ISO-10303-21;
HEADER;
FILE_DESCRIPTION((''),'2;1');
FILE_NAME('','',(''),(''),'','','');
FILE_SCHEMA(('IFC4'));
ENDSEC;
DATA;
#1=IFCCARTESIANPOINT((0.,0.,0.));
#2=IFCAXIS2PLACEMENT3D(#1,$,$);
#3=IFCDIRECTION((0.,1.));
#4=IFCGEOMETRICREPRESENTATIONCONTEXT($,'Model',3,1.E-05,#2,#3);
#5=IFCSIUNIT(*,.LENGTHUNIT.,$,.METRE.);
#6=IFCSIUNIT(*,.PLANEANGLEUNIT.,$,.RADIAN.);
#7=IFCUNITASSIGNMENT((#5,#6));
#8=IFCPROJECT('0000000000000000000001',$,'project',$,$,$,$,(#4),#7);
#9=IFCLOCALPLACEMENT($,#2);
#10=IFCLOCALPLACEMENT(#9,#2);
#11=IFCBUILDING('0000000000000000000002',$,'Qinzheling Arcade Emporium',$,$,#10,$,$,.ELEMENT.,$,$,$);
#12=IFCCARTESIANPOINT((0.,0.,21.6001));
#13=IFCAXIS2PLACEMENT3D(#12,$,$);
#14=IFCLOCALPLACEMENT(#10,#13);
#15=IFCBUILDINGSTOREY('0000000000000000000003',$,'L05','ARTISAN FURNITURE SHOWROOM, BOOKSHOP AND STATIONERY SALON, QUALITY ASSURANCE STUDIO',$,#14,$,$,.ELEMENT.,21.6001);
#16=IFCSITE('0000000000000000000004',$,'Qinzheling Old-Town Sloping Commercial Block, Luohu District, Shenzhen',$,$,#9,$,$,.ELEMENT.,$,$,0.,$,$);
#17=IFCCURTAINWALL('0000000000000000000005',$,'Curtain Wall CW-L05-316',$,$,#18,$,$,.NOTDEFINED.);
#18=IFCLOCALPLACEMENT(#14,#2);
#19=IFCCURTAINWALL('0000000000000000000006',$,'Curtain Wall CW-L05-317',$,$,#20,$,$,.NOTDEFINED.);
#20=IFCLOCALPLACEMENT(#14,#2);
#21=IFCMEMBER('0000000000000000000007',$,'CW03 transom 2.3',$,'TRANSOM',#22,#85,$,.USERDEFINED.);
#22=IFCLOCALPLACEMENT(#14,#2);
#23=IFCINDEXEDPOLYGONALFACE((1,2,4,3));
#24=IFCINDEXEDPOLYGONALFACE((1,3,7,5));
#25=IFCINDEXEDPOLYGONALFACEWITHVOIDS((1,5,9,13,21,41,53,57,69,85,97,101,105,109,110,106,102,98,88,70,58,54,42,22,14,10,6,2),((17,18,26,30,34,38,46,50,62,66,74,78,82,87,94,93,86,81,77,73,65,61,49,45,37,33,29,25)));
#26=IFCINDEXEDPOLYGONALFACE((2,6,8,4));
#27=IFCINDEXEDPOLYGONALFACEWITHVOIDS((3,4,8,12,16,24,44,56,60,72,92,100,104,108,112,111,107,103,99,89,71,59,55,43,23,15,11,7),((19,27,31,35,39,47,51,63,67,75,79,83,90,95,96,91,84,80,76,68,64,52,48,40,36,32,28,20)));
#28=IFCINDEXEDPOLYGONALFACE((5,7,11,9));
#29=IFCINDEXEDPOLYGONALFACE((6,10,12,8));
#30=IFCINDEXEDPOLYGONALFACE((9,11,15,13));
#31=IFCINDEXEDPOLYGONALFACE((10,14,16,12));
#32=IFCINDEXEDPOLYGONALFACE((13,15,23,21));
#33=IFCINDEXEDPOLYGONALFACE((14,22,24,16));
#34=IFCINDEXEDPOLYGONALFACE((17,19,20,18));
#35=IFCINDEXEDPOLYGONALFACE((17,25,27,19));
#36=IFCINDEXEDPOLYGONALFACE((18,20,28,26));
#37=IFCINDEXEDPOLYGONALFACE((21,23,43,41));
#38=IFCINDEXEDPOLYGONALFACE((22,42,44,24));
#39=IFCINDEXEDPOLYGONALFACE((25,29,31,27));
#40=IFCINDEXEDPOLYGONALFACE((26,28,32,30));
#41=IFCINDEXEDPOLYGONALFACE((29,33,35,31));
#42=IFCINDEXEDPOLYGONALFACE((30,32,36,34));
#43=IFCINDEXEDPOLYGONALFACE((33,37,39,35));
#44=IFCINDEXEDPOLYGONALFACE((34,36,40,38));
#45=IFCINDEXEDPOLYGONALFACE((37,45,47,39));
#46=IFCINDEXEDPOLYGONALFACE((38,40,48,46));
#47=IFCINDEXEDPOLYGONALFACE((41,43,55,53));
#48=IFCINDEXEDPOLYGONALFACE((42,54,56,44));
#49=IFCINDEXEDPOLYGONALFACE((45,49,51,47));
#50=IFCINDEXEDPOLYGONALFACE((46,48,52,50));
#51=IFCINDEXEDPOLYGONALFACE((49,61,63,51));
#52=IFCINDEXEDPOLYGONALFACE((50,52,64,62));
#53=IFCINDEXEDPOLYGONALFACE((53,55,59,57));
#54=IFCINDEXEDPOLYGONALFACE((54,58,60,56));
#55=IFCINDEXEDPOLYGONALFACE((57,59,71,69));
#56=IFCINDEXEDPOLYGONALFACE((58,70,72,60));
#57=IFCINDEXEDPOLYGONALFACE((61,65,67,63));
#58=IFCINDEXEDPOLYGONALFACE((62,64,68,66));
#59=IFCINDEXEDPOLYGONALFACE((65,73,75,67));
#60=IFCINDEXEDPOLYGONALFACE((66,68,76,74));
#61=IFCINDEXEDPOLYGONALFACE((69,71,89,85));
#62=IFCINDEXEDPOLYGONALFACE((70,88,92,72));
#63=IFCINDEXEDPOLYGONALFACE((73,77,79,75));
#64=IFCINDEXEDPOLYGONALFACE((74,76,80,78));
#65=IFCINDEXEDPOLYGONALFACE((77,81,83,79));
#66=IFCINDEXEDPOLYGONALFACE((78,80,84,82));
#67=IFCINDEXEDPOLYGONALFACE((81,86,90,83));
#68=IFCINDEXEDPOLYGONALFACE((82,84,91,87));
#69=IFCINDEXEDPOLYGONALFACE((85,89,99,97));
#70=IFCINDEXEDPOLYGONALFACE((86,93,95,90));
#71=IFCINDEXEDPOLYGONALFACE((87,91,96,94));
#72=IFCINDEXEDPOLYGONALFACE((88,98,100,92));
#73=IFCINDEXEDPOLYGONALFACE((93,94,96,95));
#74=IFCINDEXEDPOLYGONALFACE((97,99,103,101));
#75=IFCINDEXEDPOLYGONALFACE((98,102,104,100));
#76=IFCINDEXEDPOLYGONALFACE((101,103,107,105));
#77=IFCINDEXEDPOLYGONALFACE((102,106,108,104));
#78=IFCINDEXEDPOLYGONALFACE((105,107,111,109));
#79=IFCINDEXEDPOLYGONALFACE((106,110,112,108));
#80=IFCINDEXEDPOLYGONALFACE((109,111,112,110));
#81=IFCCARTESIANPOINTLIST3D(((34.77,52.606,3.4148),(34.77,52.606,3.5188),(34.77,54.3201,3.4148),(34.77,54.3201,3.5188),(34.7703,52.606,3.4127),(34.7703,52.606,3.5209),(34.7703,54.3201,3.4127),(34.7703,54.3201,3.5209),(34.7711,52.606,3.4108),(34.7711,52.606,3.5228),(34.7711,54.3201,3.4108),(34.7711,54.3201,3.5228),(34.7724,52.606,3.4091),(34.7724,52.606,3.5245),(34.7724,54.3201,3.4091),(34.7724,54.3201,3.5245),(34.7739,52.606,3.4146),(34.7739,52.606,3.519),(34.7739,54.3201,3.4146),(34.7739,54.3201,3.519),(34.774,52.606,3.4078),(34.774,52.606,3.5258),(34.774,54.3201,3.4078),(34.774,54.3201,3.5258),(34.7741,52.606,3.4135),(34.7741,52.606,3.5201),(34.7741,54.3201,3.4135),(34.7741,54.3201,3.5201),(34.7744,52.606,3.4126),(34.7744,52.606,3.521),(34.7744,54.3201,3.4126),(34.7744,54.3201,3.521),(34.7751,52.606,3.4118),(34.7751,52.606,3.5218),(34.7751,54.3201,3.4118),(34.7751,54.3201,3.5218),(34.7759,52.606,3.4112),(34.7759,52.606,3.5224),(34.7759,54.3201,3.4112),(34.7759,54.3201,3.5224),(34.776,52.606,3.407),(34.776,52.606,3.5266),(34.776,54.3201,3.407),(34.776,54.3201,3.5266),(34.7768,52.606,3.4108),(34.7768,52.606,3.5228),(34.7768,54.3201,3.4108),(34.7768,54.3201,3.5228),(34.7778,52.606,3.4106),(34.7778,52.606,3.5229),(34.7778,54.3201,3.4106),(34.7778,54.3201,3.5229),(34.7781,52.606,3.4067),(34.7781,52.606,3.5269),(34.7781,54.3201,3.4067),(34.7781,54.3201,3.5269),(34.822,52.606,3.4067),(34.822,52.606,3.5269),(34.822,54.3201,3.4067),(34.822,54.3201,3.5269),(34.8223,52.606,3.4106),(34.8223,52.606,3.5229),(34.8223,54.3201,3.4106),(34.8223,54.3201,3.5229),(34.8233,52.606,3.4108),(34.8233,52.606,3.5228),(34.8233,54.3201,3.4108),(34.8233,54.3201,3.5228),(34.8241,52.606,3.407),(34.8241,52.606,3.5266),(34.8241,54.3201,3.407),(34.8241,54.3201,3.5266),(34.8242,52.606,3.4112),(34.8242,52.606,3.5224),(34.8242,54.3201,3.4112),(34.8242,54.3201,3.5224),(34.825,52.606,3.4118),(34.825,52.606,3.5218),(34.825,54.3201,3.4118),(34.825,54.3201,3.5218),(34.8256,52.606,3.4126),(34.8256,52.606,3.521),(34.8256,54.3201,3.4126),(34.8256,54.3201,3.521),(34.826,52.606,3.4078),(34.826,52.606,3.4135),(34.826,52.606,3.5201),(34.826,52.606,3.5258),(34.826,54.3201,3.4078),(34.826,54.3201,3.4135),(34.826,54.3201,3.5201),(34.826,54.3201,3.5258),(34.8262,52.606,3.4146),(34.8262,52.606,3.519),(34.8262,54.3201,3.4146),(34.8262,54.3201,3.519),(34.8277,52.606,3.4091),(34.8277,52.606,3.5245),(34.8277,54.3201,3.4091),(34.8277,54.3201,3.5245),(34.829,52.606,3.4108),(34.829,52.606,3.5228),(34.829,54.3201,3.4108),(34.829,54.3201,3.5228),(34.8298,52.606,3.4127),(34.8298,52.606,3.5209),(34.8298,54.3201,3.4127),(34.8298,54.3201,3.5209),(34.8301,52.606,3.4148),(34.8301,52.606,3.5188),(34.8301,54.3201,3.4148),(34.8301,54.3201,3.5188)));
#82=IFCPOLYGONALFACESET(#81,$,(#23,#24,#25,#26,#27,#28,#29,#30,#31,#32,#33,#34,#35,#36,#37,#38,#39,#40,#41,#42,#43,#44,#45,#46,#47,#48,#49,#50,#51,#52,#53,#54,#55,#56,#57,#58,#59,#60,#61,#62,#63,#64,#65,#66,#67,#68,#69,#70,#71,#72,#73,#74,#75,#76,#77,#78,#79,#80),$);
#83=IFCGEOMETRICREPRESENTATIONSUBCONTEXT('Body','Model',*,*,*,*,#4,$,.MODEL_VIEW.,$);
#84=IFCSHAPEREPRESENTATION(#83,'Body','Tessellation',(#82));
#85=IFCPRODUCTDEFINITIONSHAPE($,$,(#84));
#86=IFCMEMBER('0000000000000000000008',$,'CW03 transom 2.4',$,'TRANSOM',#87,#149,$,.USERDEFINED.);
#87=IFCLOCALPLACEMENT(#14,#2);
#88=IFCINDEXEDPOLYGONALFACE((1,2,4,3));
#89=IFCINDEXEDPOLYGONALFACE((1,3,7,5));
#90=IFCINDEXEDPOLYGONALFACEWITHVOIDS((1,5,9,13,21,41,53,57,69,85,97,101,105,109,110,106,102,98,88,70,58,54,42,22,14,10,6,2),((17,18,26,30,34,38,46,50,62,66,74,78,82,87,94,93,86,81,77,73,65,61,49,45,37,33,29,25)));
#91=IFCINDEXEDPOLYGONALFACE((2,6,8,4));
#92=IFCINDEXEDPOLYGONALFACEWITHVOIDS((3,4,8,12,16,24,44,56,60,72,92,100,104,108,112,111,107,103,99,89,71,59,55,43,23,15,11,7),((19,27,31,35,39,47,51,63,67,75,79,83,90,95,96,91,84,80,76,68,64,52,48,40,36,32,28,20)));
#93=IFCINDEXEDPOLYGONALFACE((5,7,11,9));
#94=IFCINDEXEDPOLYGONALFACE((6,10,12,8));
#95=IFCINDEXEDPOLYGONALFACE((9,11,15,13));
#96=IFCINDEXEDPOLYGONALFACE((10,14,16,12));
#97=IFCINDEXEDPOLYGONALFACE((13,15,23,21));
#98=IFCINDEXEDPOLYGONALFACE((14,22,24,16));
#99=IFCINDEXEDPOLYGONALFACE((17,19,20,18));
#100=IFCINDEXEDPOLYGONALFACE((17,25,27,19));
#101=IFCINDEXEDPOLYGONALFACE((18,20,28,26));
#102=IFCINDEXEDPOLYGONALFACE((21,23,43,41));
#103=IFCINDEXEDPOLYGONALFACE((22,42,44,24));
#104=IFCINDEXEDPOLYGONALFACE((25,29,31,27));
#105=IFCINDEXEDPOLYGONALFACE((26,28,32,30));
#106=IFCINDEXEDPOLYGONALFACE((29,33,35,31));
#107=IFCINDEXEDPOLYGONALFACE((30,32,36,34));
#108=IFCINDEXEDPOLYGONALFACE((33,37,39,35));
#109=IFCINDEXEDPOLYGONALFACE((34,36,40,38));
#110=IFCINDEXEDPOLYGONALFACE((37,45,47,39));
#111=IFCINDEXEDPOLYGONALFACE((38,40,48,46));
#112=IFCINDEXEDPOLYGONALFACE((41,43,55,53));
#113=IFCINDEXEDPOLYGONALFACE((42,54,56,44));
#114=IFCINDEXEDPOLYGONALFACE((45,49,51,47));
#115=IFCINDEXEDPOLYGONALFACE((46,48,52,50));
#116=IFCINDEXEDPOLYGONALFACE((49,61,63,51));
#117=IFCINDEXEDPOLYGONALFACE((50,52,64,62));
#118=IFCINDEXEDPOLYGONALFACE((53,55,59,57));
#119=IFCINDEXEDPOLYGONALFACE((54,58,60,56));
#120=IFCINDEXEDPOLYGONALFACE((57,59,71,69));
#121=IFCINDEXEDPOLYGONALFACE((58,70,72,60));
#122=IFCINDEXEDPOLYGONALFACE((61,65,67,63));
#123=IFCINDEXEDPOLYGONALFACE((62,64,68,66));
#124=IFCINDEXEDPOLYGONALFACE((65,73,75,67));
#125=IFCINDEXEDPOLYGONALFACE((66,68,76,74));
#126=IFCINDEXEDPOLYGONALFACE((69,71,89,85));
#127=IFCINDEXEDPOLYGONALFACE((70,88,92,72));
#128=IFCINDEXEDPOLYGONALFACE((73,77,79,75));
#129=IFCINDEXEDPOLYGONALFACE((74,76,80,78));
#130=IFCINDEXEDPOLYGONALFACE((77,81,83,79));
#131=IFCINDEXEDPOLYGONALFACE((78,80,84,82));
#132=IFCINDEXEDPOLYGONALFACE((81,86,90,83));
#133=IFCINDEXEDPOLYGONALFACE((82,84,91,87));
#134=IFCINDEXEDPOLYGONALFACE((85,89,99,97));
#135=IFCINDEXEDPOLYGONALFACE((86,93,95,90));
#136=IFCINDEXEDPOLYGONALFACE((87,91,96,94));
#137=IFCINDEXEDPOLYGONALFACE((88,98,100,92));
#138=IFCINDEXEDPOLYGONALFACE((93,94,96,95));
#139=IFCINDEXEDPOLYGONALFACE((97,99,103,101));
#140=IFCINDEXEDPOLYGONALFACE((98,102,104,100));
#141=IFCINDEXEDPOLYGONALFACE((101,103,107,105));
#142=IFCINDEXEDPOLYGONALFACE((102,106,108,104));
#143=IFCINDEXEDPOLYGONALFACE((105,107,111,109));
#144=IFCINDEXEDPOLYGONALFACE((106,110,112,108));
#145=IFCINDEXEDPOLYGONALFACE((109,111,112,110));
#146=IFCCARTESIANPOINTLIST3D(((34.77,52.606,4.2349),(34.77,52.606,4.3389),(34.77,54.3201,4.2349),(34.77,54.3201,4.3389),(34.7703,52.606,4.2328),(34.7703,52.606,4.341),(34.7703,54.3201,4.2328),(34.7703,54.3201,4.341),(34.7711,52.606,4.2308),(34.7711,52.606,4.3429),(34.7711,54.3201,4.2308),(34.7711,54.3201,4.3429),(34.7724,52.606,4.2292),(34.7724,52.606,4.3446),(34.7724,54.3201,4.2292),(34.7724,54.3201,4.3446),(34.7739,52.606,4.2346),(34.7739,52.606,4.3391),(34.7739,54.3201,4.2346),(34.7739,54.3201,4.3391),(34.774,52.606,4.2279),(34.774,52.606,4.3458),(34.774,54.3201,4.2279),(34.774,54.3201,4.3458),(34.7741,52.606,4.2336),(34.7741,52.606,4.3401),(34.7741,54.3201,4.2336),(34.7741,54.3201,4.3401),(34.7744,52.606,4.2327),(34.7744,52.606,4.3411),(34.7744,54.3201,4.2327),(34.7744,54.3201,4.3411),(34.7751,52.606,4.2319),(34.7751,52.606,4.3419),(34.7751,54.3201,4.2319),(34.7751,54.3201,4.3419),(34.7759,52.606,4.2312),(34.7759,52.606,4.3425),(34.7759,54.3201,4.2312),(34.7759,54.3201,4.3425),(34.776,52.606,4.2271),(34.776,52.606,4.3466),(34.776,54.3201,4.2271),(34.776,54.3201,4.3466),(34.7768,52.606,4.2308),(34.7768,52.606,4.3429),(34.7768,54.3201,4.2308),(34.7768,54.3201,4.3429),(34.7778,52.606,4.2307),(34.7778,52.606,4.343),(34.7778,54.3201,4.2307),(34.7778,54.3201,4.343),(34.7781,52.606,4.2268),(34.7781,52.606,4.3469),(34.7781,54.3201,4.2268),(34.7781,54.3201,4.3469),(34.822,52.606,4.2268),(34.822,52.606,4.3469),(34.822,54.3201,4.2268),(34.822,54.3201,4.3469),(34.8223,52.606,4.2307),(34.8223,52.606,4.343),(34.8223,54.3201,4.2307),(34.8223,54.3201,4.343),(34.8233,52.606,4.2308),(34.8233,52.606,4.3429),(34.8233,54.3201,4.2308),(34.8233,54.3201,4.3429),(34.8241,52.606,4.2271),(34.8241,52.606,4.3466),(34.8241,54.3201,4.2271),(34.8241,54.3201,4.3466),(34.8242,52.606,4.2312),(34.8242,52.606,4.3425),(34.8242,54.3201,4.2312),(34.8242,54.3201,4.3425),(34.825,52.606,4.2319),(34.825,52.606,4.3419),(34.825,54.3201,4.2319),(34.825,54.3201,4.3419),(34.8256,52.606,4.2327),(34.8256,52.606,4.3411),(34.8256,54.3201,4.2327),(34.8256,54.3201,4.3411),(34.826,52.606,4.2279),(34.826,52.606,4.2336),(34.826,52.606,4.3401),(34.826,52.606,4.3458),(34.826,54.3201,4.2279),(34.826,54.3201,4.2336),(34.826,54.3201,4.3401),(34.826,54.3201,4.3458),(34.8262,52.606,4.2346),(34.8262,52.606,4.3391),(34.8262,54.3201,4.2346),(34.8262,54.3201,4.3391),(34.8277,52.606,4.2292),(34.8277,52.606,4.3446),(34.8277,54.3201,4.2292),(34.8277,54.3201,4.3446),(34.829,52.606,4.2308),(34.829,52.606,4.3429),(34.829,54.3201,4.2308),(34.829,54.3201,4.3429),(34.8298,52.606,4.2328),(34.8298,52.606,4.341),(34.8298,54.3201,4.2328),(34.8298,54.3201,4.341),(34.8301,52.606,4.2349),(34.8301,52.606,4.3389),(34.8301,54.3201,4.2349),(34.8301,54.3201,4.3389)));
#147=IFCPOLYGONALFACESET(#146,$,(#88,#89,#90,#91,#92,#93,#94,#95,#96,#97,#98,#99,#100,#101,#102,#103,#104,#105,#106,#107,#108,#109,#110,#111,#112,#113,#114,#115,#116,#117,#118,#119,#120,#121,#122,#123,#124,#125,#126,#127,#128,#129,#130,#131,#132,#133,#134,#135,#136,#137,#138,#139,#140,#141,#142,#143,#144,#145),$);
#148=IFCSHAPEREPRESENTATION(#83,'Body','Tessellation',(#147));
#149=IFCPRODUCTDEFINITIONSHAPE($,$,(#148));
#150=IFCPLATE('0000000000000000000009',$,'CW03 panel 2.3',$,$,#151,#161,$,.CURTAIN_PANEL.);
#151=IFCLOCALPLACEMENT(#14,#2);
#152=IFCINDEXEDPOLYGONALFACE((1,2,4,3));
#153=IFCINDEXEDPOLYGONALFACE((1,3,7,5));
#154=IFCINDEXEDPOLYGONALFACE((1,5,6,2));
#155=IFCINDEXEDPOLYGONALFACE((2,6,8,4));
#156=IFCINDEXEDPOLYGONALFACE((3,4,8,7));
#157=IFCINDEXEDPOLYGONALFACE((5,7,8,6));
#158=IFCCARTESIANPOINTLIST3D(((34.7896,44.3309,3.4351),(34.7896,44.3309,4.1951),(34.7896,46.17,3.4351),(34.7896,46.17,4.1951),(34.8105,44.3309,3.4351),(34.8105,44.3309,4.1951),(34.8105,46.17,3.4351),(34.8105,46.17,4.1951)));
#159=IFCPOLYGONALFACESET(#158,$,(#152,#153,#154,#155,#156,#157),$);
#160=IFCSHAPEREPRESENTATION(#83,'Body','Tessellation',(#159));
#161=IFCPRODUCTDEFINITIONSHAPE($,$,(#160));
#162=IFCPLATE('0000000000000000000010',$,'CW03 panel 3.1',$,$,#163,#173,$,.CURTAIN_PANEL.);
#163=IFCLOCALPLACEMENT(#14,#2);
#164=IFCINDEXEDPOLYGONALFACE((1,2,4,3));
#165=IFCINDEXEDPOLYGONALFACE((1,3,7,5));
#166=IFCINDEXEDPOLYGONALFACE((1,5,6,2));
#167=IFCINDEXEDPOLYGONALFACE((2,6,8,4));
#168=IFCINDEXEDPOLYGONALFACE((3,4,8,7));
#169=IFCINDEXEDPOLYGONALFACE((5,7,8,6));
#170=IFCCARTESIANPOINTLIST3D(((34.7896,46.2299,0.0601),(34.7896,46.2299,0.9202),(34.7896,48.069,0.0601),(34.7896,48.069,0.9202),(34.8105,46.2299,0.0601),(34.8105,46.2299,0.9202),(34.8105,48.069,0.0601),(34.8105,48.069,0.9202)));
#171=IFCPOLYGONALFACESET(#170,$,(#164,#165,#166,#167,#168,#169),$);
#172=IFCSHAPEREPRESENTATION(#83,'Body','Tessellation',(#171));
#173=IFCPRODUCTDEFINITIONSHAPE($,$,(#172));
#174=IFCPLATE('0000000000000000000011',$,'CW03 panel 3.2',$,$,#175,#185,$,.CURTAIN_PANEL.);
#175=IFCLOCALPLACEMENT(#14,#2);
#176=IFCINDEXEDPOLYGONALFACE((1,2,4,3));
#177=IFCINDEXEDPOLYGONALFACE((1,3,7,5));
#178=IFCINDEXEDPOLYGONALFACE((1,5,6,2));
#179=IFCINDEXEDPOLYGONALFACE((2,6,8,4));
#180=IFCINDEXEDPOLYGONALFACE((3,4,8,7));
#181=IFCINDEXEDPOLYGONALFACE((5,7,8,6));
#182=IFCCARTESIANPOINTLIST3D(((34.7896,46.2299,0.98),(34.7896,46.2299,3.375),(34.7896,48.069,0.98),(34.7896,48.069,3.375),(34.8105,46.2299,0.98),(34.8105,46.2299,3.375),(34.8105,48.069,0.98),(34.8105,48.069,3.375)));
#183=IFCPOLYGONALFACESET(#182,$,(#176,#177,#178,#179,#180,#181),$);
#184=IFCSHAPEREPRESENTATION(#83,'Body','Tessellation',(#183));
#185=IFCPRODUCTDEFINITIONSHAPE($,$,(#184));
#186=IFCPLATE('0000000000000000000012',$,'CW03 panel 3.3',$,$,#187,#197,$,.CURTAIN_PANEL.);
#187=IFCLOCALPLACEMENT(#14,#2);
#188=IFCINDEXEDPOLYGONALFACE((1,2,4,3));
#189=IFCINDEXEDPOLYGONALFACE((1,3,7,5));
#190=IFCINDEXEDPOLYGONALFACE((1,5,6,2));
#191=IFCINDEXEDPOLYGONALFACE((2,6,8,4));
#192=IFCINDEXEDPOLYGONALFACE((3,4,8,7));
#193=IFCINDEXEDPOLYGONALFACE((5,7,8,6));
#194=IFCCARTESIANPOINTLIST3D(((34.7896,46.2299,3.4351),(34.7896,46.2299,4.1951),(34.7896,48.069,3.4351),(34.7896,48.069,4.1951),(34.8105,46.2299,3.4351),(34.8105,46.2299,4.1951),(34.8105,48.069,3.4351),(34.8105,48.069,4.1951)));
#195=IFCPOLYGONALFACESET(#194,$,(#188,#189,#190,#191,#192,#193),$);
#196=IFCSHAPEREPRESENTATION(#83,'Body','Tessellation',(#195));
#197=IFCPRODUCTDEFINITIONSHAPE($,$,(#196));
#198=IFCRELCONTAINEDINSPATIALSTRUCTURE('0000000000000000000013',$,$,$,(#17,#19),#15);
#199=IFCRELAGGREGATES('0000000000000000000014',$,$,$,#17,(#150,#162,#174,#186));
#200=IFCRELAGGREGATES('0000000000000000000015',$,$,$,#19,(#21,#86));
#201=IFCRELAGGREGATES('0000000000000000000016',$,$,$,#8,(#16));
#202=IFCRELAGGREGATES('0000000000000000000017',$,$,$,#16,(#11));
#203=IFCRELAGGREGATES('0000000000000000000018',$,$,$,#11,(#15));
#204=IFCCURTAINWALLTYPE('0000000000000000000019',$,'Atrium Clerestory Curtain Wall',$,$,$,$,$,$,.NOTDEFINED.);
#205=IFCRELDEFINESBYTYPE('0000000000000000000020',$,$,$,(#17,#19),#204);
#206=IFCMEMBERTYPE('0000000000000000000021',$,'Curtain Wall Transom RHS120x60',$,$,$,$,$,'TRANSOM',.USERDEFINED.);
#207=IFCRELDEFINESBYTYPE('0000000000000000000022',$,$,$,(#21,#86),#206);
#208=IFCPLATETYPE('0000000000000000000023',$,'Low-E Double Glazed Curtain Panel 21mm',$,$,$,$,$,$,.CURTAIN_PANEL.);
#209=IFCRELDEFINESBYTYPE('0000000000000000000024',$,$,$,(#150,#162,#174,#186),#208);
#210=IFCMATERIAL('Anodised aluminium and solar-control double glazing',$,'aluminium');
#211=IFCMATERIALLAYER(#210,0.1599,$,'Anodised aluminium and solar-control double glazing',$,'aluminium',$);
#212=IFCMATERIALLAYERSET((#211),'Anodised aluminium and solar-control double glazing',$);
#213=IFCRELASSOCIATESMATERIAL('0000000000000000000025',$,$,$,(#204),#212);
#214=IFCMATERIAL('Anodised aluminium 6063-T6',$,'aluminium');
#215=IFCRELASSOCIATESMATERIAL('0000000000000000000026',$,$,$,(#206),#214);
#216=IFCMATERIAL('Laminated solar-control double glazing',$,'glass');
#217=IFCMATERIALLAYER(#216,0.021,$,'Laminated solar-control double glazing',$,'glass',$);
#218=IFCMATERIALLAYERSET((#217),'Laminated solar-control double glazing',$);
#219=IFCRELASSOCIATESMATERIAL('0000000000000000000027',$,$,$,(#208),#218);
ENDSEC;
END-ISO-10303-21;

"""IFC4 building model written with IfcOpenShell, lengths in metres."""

from ifc_helpers import new_model, si_unit, direction, frame, origin, origin_2d, place, context, subcontext, project, spatial, rectangle, hollow_rectangle, extrude, material, layer, layer_set, material_profile, profile_set, type_object, element, aggregate, save


model = new_model("IFC4")

# Units and contexts
model_context = context("Model", 3, precision=1e-05, world=origin(), true_north=direction((0.0, 1.0)))
body_context = subcontext(model_context, "Body", "Model", "MODEL_VIEW")
ifc_project = project(units=[si_unit("LENGTHUNIT", "METRE"), si_unit("PLANEANGLEUNIT", "RADIAN")], contexts=[model_context])

# Site, building, storey
site_placement = place(None, origin())
site = spatial("IfcSite", under=ifc_project, at=site_placement, Name="Qinzheling Old-Town Sloping Commercial Block, Luohu District, Shenzhen", CompositionType="ELEMENT", RefElevation=0.0)
building_placement = place(site_placement, origin())
building = spatial("IfcBuilding", under=site, at=building_placement, Name="Qinzheling Arcade Emporium", CompositionType="ELEMENT")
storey_placement = place(building_placement, frame((0.0, 0.0, 21.6001)))
storey = spatial("IfcBuildingStorey", under=building, at=storey_placement, Name="L05", Description="ARTISAN FURNITURE SHOWROOM, BOOKSHOP AND STATIONERY SALON, QUALITY ASSURANCE STUDIO", CompositionType="ELEMENT", Elevation=21.6001)

# Curtain walls
ifc_material_1 = material(Name="Anodised aluminium and solar-control double glazing", Category="aluminium")
ifc_layer_1 = layer(ifc_material_1, 0.1599, Name="Anodised aluminium and solar-control double glazing", Category="aluminium")
ifc_layer_set_1 = layer_set([ifc_layer_1], Name="Anodised aluminium and solar-control double glazing")
curtain_wall_type = type_object("IfcCurtainWallType", Name="Atrium Clerestory Curtain Wall", PredefinedType="NOTDEFINED", material=ifc_layer_set_1)
curtain_wall_1_placement = place(storey_placement, origin())
curtain_wall_1 = element("IfcCurtainWall", 1, at=curtain_wall_1_placement, inside=storey, type_object=curtain_wall_type, Name="Curtain Wall CW-L05-316", PredefinedType="NOTDEFINED")
ifc_material_2 = material(Name="Anodised aluminium 6063-T6", Category="aluminium")
curtain_wall_2_placement = place(storey_placement, origin())
curtain_wall_2 = element("IfcCurtainWall", 2, at=curtain_wall_2_placement, inside=storey, type_object=curtain_wall_type, Name="Curtain Wall CW-L05-317", PredefinedType="NOTDEFINED")

# Members
ifc_material_profile_1 = material_profile(ifc_material_2, hollow_rectangle(XDim=0.0601, YDim=0.1201, WallThickness=0.0039, InnerFilletRadius=0.0039, OuterFilletRadius=0.0081, at=origin_2d()), Name="RHS 120x60x4", Category="aluminium")
ifc_profile_set_1 = profile_set([ifc_material_profile_1], Name="Anodised aluminium 6063-T6")
member_type_1 = type_object("IfcMemberType", Name="Curtain Wall Transom RHS120x60", ElementType="TRANSOM", PredefinedType="USERDEFINED", material=ifc_profile_set_1)
member_1_placement = place(storey_placement, frame((34.8, 52.606, 3.4668), z_axis=(0.0, 1.0, 0.0), x_axis=(-1.0, 0.0, 0.0)))
member_1 = element("IfcMember", 3, at=member_1_placement, type_object=member_type_1, Name="CW03 transom 2.3", ObjectType="TRANSOM", PredefinedType="USERDEFINED", context=body_context, shape_type="SweptSolid", body=[
    extrude(hollow_rectangle(XDim=0.0601, YDim=0.1201, WallThickness=0.0039, InnerFilletRadius=0.0039, OuterFilletRadius=0.0081, at=origin_2d()), origin(), (0.0, 0.0, 1.0), 1.7141),
])
member_2_placement = place(storey_placement, frame((34.8, 52.606, 4.2869), z_axis=(0.0, 1.0, 0.0), x_axis=(-1.0, 0.0, 0.0)))
member_2 = element("IfcMember", 4, at=member_2_placement, type_object=member_type_1, Name="CW03 transom 2.4", ObjectType="TRANSOM", PredefinedType="USERDEFINED", context=body_context, shape_type="SweptSolid", body=[
    extrude(hollow_rectangle(XDim=0.0601, YDim=0.1201, WallThickness=0.0039, InnerFilletRadius=0.0039, OuterFilletRadius=0.0081, at=origin_2d()), origin(), (0.0, 0.0, 1.0), 1.7141),
])

# Plates
ifc_material_3 = material(Name="Laminated solar-control double glazing", Category="glass")
ifc_layer_2 = layer(ifc_material_3, 0.021, Name="Laminated solar-control double glazing", Category="glass")
ifc_layer_set_2 = layer_set([ifc_layer_2], Name="Laminated solar-control double glazing")
plate_type_1 = type_object("IfcPlateType", Name="Low-E Double Glazed Curtain Panel 21mm", PredefinedType="CURTAIN_PANEL", material=ifc_layer_set_2)
plate_1_placement = place(storey_placement, frame((34.8, 45.2505, 3.4351), z_axis=(0.0, 0.0, 1.0), x_axis=(0.0, 1.0, 0.0)))
plate_1 = element("IfcPlate", 5, at=plate_1_placement, type_object=plate_type_1, Name="CW03 panel 2.3", PredefinedType="CURTAIN_PANEL", context=body_context, shape_type="SweptSolid", body=[
    extrude(rectangle(XDim=1.8391, YDim=0.021, at=origin_2d()), origin(), (0.0, 0.0, 1.0), 0.76),
])
plate_2_placement = place(storey_placement, frame((34.8, 47.1494, 0.0601), z_axis=(0.0, 0.0, 1.0), x_axis=(0.0, 1.0, 0.0)))
plate_2 = element("IfcPlate", 6, at=plate_2_placement, type_object=plate_type_1, Name="CW03 panel 3.1", PredefinedType="CURTAIN_PANEL", context=body_context, shape_type="SweptSolid", body=[
    extrude(rectangle(XDim=1.8391, YDim=0.021, at=origin_2d()), origin(), (0.0, 0.0, 1.0), 0.8601),
])
plate_3_placement = place(storey_placement, frame((34.8, 47.1494, 0.98), z_axis=(0.0, 0.0, 1.0), x_axis=(0.0, 1.0, 0.0)))
plate_3 = element("IfcPlate", 7, at=plate_3_placement, type_object=plate_type_1, Name="CW03 panel 3.2", PredefinedType="CURTAIN_PANEL", context=body_context, shape_type="SweptSolid", body=[
    extrude(rectangle(XDim=1.8391, YDim=0.021, at=origin_2d()), origin(), (0.0, 0.0, 1.0), 2.395),
])
plate_4_placement = place(storey_placement, frame((34.8, 47.1494, 3.4351), z_axis=(0.0, 0.0, 1.0), x_axis=(0.0, 1.0, 0.0)))
plate_4 = element("IfcPlate", 8, at=plate_4_placement, type_object=plate_type_1, Name="CW03 panel 3.3", PredefinedType="CURTAIN_PANEL", context=body_context, shape_type="SweptSolid", body=[
    extrude(rectangle(XDim=1.8391, YDim=0.021, at=origin_2d()), origin(), (0.0, 0.0, 1.0), 0.76),
])
aggregate(curtain_wall_1, [plate_1, plate_2, plate_3, plate_4])
aggregate(curtain_wall_2, [member_1, member_2])

save(model, "model.ifc")
